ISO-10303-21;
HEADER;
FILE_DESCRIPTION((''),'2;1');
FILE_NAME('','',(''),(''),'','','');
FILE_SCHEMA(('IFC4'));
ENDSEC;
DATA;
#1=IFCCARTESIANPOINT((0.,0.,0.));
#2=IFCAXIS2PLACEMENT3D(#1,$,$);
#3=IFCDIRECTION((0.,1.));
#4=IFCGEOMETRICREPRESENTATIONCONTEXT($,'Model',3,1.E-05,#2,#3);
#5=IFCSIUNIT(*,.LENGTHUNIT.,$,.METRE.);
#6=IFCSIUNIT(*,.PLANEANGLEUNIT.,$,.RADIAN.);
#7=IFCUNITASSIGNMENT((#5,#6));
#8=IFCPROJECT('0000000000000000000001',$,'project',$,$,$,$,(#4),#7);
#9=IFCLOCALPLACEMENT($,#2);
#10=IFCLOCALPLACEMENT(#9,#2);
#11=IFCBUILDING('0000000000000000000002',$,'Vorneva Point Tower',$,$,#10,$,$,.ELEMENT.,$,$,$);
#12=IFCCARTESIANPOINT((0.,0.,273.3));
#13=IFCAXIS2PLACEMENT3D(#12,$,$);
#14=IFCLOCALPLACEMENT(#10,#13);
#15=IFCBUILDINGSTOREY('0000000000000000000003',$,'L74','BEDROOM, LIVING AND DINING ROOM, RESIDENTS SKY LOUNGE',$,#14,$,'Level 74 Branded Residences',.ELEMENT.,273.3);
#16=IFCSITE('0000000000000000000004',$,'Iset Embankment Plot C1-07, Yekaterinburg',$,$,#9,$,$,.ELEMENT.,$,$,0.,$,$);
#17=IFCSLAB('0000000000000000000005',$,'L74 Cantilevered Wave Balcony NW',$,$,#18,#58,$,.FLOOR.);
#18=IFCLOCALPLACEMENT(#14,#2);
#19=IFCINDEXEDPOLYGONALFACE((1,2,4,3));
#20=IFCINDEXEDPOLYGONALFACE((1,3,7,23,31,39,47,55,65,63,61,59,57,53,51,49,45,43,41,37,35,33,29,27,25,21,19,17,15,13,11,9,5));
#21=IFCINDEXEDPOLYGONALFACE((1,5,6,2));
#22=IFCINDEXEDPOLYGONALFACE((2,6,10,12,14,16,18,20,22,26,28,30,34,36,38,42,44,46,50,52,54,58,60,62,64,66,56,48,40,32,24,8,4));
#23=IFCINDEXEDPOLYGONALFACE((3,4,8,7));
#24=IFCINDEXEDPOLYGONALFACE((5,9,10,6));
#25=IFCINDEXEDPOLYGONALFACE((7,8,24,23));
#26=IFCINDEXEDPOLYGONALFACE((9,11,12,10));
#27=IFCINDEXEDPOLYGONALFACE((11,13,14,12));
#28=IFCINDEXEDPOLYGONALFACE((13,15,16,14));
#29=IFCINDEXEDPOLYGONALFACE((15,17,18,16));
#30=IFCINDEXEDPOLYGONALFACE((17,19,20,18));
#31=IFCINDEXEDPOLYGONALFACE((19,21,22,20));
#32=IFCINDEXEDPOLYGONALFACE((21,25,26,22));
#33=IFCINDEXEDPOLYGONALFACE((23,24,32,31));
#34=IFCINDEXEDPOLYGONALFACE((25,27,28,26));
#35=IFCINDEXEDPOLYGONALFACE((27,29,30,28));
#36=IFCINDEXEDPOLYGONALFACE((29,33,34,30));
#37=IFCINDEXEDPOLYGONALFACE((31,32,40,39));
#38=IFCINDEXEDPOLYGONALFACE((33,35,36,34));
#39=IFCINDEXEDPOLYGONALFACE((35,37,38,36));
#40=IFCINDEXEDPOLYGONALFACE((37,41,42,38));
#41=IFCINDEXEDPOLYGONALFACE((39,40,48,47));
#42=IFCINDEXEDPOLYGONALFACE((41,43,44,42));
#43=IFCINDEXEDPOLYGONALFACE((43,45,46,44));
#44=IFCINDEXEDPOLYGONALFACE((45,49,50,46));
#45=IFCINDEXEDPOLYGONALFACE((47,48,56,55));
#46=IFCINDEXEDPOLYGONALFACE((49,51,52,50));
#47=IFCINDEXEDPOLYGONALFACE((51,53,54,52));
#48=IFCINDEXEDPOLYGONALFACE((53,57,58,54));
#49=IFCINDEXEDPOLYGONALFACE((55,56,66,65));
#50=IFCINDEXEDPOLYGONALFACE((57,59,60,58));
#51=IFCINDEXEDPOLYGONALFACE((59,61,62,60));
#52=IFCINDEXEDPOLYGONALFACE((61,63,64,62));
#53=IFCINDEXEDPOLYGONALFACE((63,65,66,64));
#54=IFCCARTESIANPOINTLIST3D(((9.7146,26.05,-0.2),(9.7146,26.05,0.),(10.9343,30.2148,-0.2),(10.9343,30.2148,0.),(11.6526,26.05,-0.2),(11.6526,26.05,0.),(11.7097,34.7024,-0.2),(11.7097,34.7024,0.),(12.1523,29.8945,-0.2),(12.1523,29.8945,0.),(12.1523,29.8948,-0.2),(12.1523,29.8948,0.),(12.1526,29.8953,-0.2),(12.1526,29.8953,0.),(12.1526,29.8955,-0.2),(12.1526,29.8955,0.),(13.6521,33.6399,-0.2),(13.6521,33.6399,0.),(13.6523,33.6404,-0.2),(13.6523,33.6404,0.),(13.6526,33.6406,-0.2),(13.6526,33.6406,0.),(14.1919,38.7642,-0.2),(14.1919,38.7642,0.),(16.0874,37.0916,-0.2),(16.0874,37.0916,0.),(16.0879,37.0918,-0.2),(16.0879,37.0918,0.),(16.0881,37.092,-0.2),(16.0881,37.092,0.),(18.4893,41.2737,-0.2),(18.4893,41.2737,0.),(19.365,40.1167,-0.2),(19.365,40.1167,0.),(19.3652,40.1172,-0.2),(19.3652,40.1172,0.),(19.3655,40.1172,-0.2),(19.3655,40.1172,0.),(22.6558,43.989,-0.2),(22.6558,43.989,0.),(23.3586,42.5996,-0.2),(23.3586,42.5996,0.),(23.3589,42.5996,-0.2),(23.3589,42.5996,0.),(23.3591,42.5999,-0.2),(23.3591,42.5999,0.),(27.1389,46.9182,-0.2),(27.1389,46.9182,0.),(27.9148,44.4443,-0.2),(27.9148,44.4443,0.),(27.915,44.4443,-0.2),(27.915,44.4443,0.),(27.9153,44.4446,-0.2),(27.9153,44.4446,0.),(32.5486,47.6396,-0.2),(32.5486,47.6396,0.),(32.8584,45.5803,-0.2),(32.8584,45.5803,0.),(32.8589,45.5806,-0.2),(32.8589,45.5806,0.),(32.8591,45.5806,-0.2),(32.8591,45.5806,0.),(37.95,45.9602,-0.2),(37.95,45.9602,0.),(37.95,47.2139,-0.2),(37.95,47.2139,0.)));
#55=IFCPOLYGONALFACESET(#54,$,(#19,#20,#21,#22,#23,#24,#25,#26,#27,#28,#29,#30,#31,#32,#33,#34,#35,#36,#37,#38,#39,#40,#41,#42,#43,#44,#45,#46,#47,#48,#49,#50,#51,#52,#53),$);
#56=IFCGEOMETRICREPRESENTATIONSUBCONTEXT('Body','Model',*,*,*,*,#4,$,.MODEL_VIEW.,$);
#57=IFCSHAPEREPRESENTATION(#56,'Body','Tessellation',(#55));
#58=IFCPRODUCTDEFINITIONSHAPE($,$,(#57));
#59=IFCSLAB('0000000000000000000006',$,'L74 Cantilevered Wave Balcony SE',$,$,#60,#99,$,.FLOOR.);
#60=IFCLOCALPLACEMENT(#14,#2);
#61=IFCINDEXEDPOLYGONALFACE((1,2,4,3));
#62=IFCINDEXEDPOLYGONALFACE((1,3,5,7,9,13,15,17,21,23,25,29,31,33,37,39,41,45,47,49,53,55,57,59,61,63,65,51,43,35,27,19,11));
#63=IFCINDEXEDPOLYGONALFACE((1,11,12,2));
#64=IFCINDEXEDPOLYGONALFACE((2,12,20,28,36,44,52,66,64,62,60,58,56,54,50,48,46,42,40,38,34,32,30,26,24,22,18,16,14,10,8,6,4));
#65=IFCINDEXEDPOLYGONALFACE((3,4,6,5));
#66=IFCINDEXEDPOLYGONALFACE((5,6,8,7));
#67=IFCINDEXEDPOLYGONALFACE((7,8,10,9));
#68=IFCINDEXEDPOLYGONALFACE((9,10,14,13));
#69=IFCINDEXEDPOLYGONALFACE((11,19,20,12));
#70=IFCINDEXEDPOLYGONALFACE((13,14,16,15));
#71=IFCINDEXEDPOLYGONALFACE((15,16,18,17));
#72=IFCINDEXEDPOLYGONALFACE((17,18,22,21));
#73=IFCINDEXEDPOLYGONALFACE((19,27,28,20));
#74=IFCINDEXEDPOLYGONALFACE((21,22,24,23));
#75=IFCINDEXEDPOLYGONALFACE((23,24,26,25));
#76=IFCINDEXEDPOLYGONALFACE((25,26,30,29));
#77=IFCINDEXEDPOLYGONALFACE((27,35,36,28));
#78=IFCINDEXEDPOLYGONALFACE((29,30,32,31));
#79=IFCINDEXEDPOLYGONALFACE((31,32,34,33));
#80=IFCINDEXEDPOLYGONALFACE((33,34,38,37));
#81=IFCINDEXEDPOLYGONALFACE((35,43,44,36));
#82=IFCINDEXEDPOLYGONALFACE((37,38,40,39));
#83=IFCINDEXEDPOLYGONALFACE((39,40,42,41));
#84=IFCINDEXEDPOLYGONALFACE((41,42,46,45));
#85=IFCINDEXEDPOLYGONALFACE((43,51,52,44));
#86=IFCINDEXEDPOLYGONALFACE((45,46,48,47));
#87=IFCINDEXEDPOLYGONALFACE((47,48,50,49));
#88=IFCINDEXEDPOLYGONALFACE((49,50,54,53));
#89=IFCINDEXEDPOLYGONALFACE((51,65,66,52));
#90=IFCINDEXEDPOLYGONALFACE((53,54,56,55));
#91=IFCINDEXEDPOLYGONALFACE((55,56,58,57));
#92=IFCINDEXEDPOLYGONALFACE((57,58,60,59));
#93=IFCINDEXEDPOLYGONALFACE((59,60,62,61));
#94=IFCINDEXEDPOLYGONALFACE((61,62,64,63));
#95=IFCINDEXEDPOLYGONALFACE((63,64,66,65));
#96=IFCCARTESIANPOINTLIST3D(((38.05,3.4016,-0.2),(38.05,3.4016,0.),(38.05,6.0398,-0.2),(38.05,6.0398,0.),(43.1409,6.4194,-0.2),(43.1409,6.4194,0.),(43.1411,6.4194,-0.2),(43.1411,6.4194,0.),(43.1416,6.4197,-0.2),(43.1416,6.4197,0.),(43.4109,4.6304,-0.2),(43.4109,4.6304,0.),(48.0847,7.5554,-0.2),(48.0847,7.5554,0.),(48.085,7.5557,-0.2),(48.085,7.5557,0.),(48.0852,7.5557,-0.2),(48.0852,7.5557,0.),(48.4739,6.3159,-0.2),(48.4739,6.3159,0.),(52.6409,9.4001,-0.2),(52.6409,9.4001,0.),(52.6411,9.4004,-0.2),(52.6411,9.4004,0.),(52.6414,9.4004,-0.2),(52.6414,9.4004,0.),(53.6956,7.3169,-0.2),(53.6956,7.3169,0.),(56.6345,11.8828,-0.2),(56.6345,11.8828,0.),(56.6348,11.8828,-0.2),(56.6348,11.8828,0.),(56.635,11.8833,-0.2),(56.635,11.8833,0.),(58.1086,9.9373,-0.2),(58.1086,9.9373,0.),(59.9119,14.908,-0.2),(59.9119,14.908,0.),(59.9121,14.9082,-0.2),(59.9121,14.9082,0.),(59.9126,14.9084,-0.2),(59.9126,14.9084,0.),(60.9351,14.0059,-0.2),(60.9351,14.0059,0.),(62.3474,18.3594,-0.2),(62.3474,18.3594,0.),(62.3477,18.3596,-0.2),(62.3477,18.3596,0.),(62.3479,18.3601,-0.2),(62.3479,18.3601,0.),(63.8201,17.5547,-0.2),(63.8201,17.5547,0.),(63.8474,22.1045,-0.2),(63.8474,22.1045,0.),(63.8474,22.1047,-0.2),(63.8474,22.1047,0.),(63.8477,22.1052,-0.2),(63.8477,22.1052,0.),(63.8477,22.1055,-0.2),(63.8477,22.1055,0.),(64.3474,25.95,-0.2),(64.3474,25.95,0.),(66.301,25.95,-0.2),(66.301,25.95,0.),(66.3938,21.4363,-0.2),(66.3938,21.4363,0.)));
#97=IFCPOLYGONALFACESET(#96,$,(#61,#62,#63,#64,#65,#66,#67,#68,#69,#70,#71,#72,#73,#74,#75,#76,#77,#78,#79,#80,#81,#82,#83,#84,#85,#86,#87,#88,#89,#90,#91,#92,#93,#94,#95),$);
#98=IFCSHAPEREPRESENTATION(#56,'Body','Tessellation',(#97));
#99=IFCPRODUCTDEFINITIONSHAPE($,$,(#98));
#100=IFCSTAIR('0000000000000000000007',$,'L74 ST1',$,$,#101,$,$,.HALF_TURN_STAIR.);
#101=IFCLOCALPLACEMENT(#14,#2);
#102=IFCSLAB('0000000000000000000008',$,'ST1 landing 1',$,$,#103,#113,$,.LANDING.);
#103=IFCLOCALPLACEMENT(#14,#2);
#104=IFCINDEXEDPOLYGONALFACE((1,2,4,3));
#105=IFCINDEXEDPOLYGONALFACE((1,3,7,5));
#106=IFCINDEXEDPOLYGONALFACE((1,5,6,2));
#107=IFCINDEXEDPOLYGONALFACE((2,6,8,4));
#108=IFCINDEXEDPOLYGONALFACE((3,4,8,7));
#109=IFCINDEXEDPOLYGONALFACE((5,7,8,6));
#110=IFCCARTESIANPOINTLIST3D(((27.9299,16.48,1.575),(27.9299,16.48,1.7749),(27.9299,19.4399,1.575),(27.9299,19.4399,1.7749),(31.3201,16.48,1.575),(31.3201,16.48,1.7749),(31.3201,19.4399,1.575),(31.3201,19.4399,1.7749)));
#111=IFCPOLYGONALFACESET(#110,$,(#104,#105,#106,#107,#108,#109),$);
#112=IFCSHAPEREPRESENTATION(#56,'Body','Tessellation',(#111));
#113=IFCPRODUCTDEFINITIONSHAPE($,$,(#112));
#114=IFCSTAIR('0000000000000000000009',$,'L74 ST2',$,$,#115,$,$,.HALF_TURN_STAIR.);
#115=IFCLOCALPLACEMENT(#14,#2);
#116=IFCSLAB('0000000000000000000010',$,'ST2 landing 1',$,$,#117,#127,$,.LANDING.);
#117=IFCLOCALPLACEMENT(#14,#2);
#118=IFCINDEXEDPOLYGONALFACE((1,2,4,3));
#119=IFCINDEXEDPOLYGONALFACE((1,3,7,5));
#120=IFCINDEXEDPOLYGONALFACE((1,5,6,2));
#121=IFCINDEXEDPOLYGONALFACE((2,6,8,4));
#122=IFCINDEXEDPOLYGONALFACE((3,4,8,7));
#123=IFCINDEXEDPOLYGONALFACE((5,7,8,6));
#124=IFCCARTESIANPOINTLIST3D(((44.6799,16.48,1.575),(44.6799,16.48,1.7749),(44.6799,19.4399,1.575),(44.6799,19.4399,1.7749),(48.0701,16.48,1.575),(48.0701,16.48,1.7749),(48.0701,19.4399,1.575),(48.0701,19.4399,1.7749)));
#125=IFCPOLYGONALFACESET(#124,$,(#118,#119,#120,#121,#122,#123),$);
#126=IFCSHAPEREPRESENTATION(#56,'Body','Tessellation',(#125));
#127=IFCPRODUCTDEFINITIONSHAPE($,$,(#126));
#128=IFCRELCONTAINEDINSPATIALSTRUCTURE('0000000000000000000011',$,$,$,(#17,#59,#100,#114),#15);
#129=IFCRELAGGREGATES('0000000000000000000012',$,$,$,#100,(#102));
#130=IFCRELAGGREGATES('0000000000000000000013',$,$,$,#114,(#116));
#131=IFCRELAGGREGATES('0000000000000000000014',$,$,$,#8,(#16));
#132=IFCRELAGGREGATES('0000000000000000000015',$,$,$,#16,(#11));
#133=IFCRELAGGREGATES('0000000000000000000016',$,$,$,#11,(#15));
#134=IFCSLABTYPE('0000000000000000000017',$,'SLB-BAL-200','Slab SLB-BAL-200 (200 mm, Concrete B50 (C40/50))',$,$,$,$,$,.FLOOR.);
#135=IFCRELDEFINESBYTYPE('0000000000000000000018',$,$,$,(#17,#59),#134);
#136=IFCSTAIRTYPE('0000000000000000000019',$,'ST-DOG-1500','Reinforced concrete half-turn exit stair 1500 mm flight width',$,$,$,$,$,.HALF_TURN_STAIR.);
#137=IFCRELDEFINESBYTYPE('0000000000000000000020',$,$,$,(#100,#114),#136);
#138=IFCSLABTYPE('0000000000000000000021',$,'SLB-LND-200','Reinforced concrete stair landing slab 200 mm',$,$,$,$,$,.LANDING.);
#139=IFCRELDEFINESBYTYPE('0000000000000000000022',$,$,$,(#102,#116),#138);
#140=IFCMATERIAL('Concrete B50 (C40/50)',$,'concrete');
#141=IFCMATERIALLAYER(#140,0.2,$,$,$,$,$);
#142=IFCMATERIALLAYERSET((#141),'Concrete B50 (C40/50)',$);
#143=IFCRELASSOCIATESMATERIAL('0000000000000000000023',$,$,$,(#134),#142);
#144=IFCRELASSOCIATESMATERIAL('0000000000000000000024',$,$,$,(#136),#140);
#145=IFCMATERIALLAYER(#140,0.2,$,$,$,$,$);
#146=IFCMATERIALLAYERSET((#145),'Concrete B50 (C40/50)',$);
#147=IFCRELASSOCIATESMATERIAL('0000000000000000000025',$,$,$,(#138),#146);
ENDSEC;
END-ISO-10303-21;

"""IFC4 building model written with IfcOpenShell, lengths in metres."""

from ifc_helpers import new_model, si_unit, direction, frame, origin, place, context, subcontext, project, spatial, polyline, outline, extrude, material, layer, layer_set, type_object, element, aggregate, save


model = new_model("IFC4")

# Units and contexts
model_context = context("Model", 3, precision=1e-05, world=origin(), true_north=direction((0.0, 1.0)))
body_context = subcontext(model_context, "Body", "Model", "MODEL_VIEW")
ifc_project = project(units=[si_unit("LENGTHUNIT", "METRE"), si_unit("PLANEANGLEUNIT", "RADIAN")], contexts=[model_context])

# Site, building, storey
site_placement = place(None, origin())
site = spatial("IfcSite", under=ifc_project, at=site_placement, Name="Iset Embankment Plot C1-07, Yekaterinburg", CompositionType="ELEMENT", RefElevation=0.0)
building_placement = place(site_placement, origin())
building = spatial("IfcBuilding", under=site, at=building_placement, Name="Vorneva Point Tower", CompositionType="ELEMENT")
storey_placement = place(building_placement, frame((0.0, 0.0, 273.3)))
storey = spatial("IfcBuildingStorey", under=building, at=storey_placement, Name="L74", Description="BEDROOM, LIVING AND DINING ROOM, RESIDENTS SKY LOUNGE", LongName="Level 74 Branded Residences", CompositionType="ELEMENT", Elevation=273.3)

# Shared definitions
ifc_material_1 = material(Name="Concrete B50 (C40/50)", Category="concrete")

# Slabs
ifc_layer_1 = layer(ifc_material_1, 0.2)
ifc_layer_set_1 = layer_set([ifc_layer_1], Name="Concrete B50 (C40/50)")
slab_type_1 = type_object("IfcSlabType", Name="SLB-BAL-200", Description="Slab SLB-BAL-200 (200 mm, Concrete B50 (C40/50))", PredefinedType="FLOOR", material=ifc_layer_set_1)
slab_1_placement = place(storey_placement, frame((0.0, 0.0, -0.2)))
element("IfcSlab", 1, at=slab_1_placement, inside=storey, type_object=slab_type_1, Name="L74 Cantilevered Wave Balcony NW", PredefinedType="FLOOR", context=body_context, shape_type="SweptSolid", body=[
    extrude(outline(polyline([(9.7146, 26.05), (11.6526, 26.05), (12.1523, 29.8945), (12.1523, 29.8948), (12.1526, 29.8953), (12.1526, 29.8955), (13.6521, 33.6399), (13.6523, 33.6404), (13.6526, 33.6406), (16.0874, 37.0916), (16.0879, 37.0918), (16.0881, 37.092), (19.365, 40.1167), (19.3652, 40.1172), (19.3655, 40.1172), (23.3586, 42.5996), (23.3589, 42.5996), (23.3591, 42.5999), (27.9148, 44.4443), (27.915, 44.4443), (27.9153, 44.4446), (32.8584, 45.5803), (32.8589, 45.5806), (32.8591, 45.5806), (37.95, 45.9602), (37.95, 47.2139), (32.5486, 47.6396), (27.1389, 46.9182), (22.6558, 43.989), (18.4893, 41.2737), (14.1919, 38.7642), (11.7097, 34.7024), (10.9343, 30.2148), (9.7146, 26.05)])), origin(), (0.0, 0.0, 1.0), 0.2),
])
slab_2_placement = place(storey_placement, frame((0.0, 0.0, -0.2)))
element("IfcSlab", 2, at=slab_2_placement, inside=storey, type_object=slab_type_1, Name="L74 Cantilevered Wave Balcony SE", PredefinedType="FLOOR", context=body_context, shape_type="SweptSolid", body=[
    extrude(outline(polyline([(66.3938, 21.4363), (66.301, 25.95), (64.3474, 25.95), (63.8477, 22.1055), (63.8477, 22.1052), (63.8474, 22.1047), (63.8474, 22.1045), (62.3479, 18.3601), (62.3477, 18.3596), (62.3474, 18.3594), (59.9126, 14.9084), (59.9121, 14.9082), (59.9119, 14.908), (56.635, 11.8833), (56.6348, 11.8828), (56.6345, 11.8828), (52.6414, 9.4004), (52.6411, 9.4004), (52.6409, 9.4001), (48.0852, 7.5557), (48.085, 7.5557), (48.0847, 7.5554), (43.1416, 6.4197), (43.1411, 6.4194), (43.1409, 6.4194), (38.05, 6.0398), (38.05, 3.4016), (43.4109, 4.6304), (48.4739, 6.3159), (53.6956, 7.3169), (58.1086, 9.9373), (60.9351, 14.0059), (63.8201, 17.5547), (66.3938, 21.4363)])), origin(), (0.0, 0.0, 1.0), 0.2),
])

# Stairs, slabs
stair_type = type_object("IfcStairType", Name="ST-DOG-1500", Description="Reinforced concrete half-turn exit stair 1500 mm flight width", PredefinedType="HALF_TURN_STAIR", material=ifc_material_1)
stair_1_placement = place(storey_placement, origin())
stair_1 = element("IfcStair", 3, at=stair_1_placement, inside=storey, type_object=stair_type, Name="L74 ST1", PredefinedType="HALF_TURN_STAIR")
ifc_layer_2 = layer(ifc_material_1, 0.2)
ifc_layer_set_2 = layer_set([ifc_layer_2], Name="Concrete B50 (C40/50)")
slab_type_2 = type_object("IfcSlabType", Name="SLB-LND-200", Description="Reinforced concrete stair landing slab 200 mm", PredefinedType="LANDING", material=ifc_layer_set_2)
slab_3_placement = place(storey_placement, frame((0.0, 0.0, 1.575)))
slab_3 = element("IfcSlab", 4, at=slab_3_placement, type_object=slab_type_2, Name="ST1 landing 1", PredefinedType="LANDING", context=body_context, shape_type="SweptSolid", body=[
    extrude(outline(polyline([(27.9299, 16.48), (31.3201, 16.48), (31.3201, 19.4399), (27.9299, 19.4399), (27.9299, 16.48)])), origin(), (0.0, 0.0, 1.0), 0.2),
])
aggregate(stair_1, [slab_3])
stair_2_placement = place(storey_placement, origin())
stair_2 = element("IfcStair", 5, at=stair_2_placement, inside=storey, type_object=stair_type, Name="L74 ST2", PredefinedType="HALF_TURN_STAIR")
slab_4_placement = place(storey_placement, frame((0.0, 0.0, 1.575)))
slab_4 = element("IfcSlab", 6, at=slab_4_placement, type_object=slab_type_2, Name="ST2 landing 1", PredefinedType="LANDING", context=body_context, shape_type="SweptSolid", body=[
    extrude(outline(polyline([(44.6799, 16.48), (48.0701, 16.48), (48.0701, 19.4399), (44.6799, 19.4399), (44.6799, 16.48)])), origin(), (0.0, 0.0, 1.0), 0.2),
])
aggregate(stair_2, [slab_4])

save(model, "model.ifc")
